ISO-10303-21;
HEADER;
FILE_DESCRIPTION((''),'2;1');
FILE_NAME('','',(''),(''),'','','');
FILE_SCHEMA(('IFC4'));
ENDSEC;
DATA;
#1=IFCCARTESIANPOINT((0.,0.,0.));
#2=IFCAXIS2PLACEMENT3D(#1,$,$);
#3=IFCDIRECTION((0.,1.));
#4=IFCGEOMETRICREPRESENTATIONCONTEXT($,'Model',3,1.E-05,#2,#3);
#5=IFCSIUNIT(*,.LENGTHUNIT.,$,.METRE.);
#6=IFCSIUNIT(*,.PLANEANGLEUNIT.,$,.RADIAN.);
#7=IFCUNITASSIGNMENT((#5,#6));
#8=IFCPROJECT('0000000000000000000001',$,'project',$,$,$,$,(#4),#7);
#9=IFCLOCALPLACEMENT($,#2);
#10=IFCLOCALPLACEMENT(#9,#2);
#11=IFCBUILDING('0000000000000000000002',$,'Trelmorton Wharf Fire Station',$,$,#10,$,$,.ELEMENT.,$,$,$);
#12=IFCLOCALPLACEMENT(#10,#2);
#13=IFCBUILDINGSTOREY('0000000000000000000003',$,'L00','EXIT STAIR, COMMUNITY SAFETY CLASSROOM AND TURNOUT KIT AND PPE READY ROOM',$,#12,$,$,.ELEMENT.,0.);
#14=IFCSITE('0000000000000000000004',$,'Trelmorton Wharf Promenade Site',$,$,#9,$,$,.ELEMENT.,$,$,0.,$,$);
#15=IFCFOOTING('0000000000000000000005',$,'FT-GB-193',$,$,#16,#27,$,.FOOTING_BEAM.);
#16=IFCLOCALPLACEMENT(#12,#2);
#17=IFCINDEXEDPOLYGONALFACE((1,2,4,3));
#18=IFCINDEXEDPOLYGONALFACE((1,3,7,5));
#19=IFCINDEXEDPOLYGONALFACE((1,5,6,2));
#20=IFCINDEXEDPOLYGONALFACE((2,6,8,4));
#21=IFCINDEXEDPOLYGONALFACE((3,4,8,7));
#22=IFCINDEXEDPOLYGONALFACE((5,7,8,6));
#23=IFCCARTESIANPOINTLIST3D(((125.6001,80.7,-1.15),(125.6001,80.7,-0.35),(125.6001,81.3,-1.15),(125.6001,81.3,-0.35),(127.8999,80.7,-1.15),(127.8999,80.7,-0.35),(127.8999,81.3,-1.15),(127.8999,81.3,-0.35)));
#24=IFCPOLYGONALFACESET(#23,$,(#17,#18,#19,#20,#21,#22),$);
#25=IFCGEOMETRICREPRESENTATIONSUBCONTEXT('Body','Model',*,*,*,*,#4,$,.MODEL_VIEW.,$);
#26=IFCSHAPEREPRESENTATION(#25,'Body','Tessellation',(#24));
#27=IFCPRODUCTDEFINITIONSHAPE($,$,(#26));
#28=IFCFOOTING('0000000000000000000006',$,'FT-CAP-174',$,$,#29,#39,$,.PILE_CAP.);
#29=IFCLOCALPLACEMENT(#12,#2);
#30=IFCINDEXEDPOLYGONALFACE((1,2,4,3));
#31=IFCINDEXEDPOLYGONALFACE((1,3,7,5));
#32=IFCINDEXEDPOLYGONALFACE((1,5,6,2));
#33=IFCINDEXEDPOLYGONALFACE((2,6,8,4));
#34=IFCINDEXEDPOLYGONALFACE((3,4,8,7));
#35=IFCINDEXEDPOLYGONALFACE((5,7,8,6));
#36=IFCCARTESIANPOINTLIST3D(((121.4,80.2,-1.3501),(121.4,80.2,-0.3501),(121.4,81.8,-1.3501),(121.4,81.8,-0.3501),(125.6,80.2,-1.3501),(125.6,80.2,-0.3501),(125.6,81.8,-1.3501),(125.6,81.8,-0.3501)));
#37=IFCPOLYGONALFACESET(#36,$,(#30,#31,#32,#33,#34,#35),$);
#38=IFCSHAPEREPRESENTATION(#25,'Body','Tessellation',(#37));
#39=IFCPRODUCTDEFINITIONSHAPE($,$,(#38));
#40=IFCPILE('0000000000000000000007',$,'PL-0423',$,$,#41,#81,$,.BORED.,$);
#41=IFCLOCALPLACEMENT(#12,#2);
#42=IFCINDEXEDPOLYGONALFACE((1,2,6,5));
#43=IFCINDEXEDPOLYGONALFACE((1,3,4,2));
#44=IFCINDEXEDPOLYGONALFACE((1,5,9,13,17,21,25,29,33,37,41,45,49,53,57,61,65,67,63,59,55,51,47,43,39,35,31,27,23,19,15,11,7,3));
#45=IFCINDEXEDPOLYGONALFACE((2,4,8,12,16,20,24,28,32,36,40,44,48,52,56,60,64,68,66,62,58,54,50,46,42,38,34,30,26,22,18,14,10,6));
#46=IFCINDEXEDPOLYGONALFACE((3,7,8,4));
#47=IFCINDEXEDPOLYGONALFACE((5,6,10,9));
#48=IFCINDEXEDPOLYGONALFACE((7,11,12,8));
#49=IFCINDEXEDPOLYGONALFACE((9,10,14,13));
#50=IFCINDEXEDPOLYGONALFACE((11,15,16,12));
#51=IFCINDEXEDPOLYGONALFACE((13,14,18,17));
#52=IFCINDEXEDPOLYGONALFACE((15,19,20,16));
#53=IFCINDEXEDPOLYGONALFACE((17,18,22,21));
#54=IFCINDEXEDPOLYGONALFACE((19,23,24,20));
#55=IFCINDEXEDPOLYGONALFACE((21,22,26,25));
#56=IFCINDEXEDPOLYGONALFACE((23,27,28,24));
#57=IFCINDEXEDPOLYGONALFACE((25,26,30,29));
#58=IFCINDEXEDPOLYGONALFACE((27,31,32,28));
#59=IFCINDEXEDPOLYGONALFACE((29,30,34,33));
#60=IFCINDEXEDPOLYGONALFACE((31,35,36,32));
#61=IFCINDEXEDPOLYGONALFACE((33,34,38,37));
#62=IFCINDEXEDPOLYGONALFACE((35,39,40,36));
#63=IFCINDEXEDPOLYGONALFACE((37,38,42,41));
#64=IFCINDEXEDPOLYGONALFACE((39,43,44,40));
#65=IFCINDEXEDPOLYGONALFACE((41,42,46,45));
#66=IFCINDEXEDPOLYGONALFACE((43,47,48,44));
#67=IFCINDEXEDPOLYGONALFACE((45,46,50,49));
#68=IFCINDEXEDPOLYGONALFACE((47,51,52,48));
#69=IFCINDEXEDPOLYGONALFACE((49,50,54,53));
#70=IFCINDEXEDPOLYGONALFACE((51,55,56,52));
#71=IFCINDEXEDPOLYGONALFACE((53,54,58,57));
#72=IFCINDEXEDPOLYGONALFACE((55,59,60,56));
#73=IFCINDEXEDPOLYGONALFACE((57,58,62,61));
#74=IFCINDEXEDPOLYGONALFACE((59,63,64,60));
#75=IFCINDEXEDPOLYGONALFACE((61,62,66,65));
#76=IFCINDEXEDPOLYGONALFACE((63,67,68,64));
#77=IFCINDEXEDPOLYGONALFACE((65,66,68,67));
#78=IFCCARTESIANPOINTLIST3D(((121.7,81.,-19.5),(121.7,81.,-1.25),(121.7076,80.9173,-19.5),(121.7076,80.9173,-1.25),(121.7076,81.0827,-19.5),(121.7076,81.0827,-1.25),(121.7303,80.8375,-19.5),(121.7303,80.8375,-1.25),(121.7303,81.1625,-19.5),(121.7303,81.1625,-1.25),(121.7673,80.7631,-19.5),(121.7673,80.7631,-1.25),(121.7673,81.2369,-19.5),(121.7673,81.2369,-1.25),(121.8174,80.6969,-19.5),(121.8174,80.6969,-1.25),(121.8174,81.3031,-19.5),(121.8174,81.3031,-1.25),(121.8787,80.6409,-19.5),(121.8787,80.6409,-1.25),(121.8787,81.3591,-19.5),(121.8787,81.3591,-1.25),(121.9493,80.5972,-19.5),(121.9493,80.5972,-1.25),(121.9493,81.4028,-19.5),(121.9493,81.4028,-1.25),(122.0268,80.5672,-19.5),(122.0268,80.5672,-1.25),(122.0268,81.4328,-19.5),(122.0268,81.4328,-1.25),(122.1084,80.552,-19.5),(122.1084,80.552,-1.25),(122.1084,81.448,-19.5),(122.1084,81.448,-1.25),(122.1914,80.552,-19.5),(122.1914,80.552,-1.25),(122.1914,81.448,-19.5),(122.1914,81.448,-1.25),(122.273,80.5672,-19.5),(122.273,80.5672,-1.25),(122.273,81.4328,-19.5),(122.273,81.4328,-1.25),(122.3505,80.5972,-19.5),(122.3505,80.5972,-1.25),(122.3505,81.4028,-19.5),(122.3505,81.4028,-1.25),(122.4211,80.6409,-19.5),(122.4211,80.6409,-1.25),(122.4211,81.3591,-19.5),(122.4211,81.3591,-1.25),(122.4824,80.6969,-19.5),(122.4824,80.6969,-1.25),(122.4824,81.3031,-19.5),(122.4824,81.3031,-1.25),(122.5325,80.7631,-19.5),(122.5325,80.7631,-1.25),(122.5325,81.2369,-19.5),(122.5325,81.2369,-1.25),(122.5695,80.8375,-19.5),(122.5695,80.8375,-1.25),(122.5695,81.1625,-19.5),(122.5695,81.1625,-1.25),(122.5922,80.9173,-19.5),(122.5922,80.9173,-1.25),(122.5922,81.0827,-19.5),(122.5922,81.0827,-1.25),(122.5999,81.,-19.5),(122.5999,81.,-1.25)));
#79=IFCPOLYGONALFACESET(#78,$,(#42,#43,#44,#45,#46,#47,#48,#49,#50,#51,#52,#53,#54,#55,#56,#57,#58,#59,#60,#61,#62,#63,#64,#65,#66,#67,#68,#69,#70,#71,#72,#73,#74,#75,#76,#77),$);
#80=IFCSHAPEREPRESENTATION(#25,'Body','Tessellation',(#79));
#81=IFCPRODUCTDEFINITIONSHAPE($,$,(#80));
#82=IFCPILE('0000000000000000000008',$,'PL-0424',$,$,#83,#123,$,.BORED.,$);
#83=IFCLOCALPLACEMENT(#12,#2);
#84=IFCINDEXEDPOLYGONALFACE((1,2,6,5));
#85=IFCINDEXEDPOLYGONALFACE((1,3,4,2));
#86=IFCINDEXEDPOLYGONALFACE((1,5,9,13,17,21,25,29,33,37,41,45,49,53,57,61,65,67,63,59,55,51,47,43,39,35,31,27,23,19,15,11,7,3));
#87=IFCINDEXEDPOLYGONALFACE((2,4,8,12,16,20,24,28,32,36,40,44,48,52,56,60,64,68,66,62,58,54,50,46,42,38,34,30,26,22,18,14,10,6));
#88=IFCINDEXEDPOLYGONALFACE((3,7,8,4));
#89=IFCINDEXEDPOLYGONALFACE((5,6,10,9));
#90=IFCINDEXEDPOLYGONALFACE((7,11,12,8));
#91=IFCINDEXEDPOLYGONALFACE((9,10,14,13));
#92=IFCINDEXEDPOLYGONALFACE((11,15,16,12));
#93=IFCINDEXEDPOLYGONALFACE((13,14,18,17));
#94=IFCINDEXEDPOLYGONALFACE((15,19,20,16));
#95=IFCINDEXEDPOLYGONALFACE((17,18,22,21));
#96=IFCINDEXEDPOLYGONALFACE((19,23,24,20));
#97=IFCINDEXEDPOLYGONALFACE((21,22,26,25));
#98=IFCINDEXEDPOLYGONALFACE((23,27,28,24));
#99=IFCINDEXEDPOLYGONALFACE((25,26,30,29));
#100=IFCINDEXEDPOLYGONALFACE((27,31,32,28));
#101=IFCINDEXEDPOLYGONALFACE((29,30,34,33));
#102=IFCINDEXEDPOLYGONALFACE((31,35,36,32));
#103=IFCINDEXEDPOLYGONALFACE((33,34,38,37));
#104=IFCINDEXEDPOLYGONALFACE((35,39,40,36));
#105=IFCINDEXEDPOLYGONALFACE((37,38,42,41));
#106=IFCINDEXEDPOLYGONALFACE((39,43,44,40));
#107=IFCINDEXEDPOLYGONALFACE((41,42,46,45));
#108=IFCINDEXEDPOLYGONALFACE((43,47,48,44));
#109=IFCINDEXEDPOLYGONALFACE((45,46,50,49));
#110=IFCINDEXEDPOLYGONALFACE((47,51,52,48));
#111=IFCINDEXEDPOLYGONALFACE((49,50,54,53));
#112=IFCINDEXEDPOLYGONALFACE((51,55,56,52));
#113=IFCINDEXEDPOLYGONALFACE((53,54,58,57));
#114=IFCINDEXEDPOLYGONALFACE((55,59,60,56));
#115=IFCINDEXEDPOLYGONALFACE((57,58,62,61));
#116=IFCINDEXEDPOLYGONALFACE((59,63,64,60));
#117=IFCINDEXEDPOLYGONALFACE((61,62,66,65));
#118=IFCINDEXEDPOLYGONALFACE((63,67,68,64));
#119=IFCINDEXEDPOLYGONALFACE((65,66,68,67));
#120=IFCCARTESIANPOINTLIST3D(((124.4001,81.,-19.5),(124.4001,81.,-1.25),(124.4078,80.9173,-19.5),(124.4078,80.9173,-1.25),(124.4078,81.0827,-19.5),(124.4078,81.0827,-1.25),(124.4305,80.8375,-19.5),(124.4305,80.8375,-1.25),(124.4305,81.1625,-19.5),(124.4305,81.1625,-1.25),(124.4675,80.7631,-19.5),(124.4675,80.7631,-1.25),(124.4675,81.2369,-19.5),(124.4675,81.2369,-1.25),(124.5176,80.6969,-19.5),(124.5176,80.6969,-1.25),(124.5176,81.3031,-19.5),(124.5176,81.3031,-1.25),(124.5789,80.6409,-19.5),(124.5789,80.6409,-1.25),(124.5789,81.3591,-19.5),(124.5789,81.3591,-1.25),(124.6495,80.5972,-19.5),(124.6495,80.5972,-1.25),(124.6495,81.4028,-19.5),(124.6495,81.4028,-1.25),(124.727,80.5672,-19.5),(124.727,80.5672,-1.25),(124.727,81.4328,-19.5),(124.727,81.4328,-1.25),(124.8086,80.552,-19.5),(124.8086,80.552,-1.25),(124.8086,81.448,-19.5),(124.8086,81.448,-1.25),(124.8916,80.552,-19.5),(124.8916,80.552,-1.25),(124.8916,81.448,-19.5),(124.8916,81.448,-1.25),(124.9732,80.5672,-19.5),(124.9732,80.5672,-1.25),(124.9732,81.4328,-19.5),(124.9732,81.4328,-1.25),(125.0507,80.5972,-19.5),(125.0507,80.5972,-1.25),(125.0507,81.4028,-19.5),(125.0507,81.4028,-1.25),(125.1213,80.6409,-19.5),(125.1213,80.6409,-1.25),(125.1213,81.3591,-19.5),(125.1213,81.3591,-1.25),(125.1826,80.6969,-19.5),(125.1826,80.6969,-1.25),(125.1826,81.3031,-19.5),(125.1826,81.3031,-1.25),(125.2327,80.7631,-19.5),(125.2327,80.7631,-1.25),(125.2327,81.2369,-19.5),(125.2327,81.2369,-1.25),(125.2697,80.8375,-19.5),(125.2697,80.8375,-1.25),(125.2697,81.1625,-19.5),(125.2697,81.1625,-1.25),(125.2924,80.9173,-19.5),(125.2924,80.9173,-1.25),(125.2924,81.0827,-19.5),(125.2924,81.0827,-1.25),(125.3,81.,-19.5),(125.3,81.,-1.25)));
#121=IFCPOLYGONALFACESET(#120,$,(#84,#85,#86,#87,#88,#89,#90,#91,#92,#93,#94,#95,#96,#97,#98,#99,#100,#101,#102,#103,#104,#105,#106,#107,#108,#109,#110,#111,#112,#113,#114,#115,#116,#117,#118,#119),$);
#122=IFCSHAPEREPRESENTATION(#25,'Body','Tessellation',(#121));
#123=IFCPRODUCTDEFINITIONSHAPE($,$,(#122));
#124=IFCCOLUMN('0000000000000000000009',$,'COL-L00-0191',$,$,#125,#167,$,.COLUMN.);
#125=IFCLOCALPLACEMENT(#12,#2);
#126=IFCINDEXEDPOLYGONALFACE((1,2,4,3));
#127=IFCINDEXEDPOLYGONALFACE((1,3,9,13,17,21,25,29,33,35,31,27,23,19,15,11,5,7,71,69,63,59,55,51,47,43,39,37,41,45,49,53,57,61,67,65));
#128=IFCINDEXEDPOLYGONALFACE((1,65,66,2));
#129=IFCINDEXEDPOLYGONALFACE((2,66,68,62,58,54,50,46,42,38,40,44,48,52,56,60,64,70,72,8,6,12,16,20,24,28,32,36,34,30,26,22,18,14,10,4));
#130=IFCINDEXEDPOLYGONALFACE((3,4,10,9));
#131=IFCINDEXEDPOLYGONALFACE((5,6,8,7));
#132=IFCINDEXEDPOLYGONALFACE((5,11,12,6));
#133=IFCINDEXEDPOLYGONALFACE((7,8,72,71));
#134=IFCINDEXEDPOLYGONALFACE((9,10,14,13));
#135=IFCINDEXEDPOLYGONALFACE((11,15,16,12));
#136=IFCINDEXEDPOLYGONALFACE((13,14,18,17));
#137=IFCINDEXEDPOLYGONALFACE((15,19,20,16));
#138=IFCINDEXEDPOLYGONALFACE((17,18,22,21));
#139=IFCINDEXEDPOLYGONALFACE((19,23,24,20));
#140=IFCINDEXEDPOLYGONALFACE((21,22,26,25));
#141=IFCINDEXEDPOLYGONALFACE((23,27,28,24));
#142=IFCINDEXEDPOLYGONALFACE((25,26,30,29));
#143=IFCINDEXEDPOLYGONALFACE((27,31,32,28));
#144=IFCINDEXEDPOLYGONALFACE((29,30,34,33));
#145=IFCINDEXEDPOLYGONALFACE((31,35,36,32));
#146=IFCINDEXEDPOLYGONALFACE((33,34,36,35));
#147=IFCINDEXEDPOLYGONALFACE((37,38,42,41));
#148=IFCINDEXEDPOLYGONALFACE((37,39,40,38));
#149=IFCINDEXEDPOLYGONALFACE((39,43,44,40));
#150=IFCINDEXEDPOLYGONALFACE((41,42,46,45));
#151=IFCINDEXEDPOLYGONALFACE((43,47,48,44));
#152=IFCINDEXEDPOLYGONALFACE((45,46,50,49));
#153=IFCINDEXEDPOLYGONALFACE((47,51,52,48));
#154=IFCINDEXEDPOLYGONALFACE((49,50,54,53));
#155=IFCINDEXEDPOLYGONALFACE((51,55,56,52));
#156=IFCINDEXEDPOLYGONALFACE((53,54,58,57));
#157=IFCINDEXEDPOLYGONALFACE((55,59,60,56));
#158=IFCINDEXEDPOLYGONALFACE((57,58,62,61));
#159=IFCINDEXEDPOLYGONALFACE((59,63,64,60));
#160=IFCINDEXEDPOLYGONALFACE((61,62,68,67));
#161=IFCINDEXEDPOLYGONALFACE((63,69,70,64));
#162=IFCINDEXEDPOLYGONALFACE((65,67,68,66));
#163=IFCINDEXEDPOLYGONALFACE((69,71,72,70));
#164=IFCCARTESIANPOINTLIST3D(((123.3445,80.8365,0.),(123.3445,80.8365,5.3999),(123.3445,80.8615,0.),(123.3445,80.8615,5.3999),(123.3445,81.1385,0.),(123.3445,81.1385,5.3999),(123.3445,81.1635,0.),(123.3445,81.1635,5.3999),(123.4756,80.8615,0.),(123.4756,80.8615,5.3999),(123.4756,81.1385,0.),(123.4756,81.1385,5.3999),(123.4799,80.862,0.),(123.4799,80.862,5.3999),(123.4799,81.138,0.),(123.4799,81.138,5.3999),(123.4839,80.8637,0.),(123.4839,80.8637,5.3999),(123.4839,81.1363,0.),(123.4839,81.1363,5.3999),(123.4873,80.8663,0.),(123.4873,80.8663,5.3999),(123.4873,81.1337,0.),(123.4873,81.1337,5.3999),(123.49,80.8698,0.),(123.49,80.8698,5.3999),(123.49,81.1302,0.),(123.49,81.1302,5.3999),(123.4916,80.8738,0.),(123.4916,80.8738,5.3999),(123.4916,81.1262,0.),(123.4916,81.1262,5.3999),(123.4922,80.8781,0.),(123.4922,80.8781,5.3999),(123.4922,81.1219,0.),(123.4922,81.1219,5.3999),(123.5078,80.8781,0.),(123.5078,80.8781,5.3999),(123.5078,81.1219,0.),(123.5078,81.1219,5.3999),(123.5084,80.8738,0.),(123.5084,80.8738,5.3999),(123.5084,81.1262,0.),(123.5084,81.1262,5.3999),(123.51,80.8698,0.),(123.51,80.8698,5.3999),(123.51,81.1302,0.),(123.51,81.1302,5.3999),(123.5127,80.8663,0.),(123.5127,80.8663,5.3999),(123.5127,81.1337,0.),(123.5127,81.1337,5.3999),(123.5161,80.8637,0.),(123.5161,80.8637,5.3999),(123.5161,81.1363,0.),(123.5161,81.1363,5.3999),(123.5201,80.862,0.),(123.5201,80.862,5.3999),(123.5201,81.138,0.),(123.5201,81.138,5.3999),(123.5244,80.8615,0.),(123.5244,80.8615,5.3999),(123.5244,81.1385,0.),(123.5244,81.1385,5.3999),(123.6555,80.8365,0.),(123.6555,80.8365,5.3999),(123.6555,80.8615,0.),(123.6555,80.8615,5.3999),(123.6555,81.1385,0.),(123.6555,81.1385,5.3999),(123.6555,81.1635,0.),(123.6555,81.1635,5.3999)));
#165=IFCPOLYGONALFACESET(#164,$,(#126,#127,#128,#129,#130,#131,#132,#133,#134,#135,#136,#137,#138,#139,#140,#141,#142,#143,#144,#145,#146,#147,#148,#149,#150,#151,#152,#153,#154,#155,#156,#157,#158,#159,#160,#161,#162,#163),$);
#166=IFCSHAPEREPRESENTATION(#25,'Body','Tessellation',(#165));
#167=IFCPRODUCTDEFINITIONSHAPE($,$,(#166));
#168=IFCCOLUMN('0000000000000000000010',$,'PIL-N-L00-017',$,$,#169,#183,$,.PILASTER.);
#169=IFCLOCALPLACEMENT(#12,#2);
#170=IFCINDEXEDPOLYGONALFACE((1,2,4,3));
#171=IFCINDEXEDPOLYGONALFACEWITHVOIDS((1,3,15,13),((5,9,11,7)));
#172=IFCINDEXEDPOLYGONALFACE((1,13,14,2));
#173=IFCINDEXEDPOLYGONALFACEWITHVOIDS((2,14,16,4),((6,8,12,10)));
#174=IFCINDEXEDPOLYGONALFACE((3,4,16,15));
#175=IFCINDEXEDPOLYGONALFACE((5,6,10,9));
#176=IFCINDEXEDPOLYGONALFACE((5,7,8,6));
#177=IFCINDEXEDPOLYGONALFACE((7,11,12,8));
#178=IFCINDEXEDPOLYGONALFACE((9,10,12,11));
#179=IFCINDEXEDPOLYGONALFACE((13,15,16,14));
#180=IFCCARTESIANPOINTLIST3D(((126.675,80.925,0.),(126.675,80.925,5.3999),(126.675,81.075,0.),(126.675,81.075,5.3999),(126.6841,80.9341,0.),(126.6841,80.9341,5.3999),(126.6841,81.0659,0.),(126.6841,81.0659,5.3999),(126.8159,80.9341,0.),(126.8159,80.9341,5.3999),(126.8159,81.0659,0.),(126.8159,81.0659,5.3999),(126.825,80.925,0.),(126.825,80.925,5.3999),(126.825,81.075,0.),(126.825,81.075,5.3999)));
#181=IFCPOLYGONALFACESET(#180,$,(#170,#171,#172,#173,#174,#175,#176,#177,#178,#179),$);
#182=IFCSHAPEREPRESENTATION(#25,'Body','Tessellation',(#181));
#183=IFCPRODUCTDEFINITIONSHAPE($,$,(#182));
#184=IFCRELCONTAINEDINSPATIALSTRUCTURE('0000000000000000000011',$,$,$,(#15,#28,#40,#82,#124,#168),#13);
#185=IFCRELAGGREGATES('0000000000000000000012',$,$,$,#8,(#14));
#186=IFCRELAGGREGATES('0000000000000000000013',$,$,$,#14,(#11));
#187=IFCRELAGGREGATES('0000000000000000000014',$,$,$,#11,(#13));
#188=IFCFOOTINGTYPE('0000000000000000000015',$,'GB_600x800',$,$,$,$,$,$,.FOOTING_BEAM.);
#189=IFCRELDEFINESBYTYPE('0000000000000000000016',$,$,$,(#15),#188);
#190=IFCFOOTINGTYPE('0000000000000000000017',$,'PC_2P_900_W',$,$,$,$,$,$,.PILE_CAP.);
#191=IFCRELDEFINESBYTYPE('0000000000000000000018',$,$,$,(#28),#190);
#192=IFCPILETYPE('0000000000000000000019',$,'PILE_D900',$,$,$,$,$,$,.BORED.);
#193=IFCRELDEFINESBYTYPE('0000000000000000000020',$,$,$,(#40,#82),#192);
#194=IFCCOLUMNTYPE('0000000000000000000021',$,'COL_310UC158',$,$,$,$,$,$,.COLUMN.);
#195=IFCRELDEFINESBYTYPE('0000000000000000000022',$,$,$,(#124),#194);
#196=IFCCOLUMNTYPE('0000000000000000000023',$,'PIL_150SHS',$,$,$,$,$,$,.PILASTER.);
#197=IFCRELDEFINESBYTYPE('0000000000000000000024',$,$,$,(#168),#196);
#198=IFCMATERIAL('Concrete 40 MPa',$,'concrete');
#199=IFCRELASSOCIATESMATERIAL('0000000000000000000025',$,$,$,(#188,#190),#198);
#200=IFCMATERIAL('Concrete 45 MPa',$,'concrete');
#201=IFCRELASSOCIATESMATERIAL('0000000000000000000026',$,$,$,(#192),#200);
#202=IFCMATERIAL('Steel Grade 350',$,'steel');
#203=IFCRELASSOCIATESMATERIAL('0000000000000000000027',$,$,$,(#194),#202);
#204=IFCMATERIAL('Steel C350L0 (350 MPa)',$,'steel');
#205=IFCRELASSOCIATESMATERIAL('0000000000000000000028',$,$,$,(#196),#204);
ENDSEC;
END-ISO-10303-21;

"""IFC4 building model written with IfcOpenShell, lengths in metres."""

from ifc_helpers import new_model, si_unit, direction, frame, origin, origin_2d, place, context, subcontext, project, spatial, rectangle, hollow_rectangle, circle, i_section, extrude, material, material_profile, profile_set, type_object, element, save


model = new_model("IFC4")

# Units and contexts
model_context = context("Model", 3, precision=1e-05, world=origin(), true_north=direction((0.0, 1.0)))
body_context = subcontext(model_context, "Body", "Model", "MODEL_VIEW")
ifc_project = project(units=[si_unit("LENGTHUNIT", "METRE"), si_unit("PLANEANGLEUNIT", "RADIAN")], contexts=[model_context])

# Site, building, storey
site_placement = place(None, origin())
site = spatial("IfcSite", under=ifc_project, at=site_placement, Name="Trelmorton Wharf Promenade Site", CompositionType="ELEMENT", RefElevation=0.0)
building_placement = place(site_placement, origin())
building = spatial("IfcBuilding", under=site, at=building_placement, Name="Trelmorton Wharf Fire Station", CompositionType="ELEMENT")
storey_placement = place(building_placement, origin())
storey = spatial("IfcBuildingStorey", under=building, at=storey_placement, Name="L00", Description="EXIT STAIR, COMMUNITY SAFETY CLASSROOM AND TURNOUT KIT AND PPE READY ROOM", CompositionType="ELEMENT", Elevation=0.0)

# Footings
ifc_material_1 = material(Name="Concrete 40 MPa", Category="concrete")
ifc_material_profile_1 = material_profile(ifc_material_1, rectangle(XDim=0.6001, YDim=0.8, at=origin_2d()), Name="RC600x800")
ifc_profile_set_1 = profile_set([ifc_material_profile_1], Name="Concrete 40 MPa")
footing_type_1 = type_object("IfcFootingType", Name="GB_600x800", PredefinedType="FOOTING_BEAM", material=ifc_profile_set_1)
footing_1_placement = place(storey_placement, frame((125.6001, 81.0, -0.75), z_axis=(1.0, 0.0, 0.0), x_axis=(0.0, 1.0, 0.0)))
element("IfcFooting", 1, at=footing_1_placement, inside=storey, type_object=footing_type_1, Name="FT-GB-193", PredefinedType="FOOTING_BEAM", context=body_context, shape_type="SweptSolid", body=[
    extrude(rectangle(XDim=0.6001, YDim=0.8, at=origin_2d()), origin(), (0.0, 0.0, 1.0), 2.2998),
])
footing_type_2 = type_object("IfcFootingType", Name="PC_2P_900_W", PredefinedType="PILE_CAP", material=ifc_material_1)
footing_2_placement = place(storey_placement, frame((123.5, 81.0, -1.3501), z_axis=(0.0, 0.0, 1.0), x_axis=(1.0, 0.0, 0.0)))
element("IfcFooting", 2, at=footing_2_placement, inside=storey, type_object=footing_type_2, Name="FT-CAP-174", PredefinedType="PILE_CAP", context=body_context, shape_type="SweptSolid", body=[
    extrude(rectangle(XDim=4.2, YDim=1.6001, at=origin_2d()), origin(), (0.0, 0.0, 1.0), 1.0),
])

# Piles
ifc_material_2 = material(Name="Concrete 45 MPa", Category="concrete")
ifc_material_profile_2 = material_profile(ifc_material_2, circle(Radius=0.45, at=origin_2d()), Name="PILE-D900")
ifc_profile_set_2 = profile_set([ifc_material_profile_2], Name="Concrete 45 MPa")
pile_type = type_object("IfcPileType", Name="PILE_D900", PredefinedType="BORED", material=ifc_profile_set_2)
for number, where, z_axis, x_axis, name in (
    (3, (122.1499, 81.0, -1.25), (0.0, 0.0, -1.0), (1.0, 0.0, 0.0), "PL-0423"),
    (4, (124.8501, 81.0, -1.25), (0.0, 0.0, -1.0), (1.0, 0.0, 0.0), "PL-0424"),
):
    element("IfcPile", number, at=place(storey_placement, frame(where, z_axis=z_axis, x_axis=x_axis)), inside=storey, type_object=pile_type, Name=name, PredefinedType="BORED", context=body_context, shape_type="SweptSolid", body=[
        extrude(circle(Radius=0.45, at=origin_2d()), origin(), (0.0, 0.0, 1.0), 18.25),
    ])

# Columns
ifc_material_3 = material(Name="Steel Grade 350", Category="steel")
ifc_material_profile_3 = material_profile(ifc_material_3, i_section(OverallWidth=0.311, OverallDepth=0.3269, WebThickness=0.0156, FlangeThickness=0.0249, FilletRadius=0.0166, at=origin_2d()), Name="310UC158")
ifc_profile_set_3 = profile_set([ifc_material_profile_3], Name="Steel Grade 350")
column_type_1 = type_object("IfcColumnType", Name="COL_310UC158", PredefinedType="COLUMN", material=ifc_profile_set_3)
column_1_placement = place(storey_placement, frame((123.5, 81.0, 0.0), z_axis=(0.0, 0.0, 1.0), x_axis=(1.0, 0.0, 0.0)))
element("IfcColumn", 5, at=column_1_placement, inside=storey, type_object=column_type_1, Name="COL-L00-0191", PredefinedType="COLUMN", context=body_context, shape_type="SweptSolid", body=[
    extrude(i_section(OverallWidth=0.311, OverallDepth=0.3269, WebThickness=0.0156, FlangeThickness=0.0249, FilletRadius=0.0166, at=origin_2d()), origin(), (0.0, 0.0, 1.0), 5.3999),
])
ifc_material_4 = material(Name="Steel C350L0 (350 MPa)", Category="steel")
ifc_material_profile_4 = material_profile(ifc_material_4, hollow_rectangle(XDim=0.1499, YDim=0.1499, WallThickness=0.009, at=origin_2d()), Name="150x150x9.0SHS")
ifc_profile_set_4 = profile_set([ifc_material_profile_4], Name="Steel C350L0 (350 MPa)")
column_type_2 = type_object("IfcColumnType", Name="PIL_150SHS", PredefinedType="PILASTER", material=ifc_profile_set_4)
column_2_placement = place(storey_placement, frame((126.75, 81.0, 0.0), z_axis=(0.0, 0.0, 1.0), x_axis=(1.0, 0.0, 0.0)))
element("IfcColumn", 6, at=column_2_placement, inside=storey, type_object=column_type_2, Name="PIL-N-L00-017", PredefinedType="PILASTER", context=body_context, shape_type="SweptSolid", body=[
    extrude(hollow_rectangle(XDim=0.1499, YDim=0.1499, WallThickness=0.009, at=origin_2d()), origin(), (0.0, 0.0, 1.0), 5.3999),
])

save(model, "model.ifc")
